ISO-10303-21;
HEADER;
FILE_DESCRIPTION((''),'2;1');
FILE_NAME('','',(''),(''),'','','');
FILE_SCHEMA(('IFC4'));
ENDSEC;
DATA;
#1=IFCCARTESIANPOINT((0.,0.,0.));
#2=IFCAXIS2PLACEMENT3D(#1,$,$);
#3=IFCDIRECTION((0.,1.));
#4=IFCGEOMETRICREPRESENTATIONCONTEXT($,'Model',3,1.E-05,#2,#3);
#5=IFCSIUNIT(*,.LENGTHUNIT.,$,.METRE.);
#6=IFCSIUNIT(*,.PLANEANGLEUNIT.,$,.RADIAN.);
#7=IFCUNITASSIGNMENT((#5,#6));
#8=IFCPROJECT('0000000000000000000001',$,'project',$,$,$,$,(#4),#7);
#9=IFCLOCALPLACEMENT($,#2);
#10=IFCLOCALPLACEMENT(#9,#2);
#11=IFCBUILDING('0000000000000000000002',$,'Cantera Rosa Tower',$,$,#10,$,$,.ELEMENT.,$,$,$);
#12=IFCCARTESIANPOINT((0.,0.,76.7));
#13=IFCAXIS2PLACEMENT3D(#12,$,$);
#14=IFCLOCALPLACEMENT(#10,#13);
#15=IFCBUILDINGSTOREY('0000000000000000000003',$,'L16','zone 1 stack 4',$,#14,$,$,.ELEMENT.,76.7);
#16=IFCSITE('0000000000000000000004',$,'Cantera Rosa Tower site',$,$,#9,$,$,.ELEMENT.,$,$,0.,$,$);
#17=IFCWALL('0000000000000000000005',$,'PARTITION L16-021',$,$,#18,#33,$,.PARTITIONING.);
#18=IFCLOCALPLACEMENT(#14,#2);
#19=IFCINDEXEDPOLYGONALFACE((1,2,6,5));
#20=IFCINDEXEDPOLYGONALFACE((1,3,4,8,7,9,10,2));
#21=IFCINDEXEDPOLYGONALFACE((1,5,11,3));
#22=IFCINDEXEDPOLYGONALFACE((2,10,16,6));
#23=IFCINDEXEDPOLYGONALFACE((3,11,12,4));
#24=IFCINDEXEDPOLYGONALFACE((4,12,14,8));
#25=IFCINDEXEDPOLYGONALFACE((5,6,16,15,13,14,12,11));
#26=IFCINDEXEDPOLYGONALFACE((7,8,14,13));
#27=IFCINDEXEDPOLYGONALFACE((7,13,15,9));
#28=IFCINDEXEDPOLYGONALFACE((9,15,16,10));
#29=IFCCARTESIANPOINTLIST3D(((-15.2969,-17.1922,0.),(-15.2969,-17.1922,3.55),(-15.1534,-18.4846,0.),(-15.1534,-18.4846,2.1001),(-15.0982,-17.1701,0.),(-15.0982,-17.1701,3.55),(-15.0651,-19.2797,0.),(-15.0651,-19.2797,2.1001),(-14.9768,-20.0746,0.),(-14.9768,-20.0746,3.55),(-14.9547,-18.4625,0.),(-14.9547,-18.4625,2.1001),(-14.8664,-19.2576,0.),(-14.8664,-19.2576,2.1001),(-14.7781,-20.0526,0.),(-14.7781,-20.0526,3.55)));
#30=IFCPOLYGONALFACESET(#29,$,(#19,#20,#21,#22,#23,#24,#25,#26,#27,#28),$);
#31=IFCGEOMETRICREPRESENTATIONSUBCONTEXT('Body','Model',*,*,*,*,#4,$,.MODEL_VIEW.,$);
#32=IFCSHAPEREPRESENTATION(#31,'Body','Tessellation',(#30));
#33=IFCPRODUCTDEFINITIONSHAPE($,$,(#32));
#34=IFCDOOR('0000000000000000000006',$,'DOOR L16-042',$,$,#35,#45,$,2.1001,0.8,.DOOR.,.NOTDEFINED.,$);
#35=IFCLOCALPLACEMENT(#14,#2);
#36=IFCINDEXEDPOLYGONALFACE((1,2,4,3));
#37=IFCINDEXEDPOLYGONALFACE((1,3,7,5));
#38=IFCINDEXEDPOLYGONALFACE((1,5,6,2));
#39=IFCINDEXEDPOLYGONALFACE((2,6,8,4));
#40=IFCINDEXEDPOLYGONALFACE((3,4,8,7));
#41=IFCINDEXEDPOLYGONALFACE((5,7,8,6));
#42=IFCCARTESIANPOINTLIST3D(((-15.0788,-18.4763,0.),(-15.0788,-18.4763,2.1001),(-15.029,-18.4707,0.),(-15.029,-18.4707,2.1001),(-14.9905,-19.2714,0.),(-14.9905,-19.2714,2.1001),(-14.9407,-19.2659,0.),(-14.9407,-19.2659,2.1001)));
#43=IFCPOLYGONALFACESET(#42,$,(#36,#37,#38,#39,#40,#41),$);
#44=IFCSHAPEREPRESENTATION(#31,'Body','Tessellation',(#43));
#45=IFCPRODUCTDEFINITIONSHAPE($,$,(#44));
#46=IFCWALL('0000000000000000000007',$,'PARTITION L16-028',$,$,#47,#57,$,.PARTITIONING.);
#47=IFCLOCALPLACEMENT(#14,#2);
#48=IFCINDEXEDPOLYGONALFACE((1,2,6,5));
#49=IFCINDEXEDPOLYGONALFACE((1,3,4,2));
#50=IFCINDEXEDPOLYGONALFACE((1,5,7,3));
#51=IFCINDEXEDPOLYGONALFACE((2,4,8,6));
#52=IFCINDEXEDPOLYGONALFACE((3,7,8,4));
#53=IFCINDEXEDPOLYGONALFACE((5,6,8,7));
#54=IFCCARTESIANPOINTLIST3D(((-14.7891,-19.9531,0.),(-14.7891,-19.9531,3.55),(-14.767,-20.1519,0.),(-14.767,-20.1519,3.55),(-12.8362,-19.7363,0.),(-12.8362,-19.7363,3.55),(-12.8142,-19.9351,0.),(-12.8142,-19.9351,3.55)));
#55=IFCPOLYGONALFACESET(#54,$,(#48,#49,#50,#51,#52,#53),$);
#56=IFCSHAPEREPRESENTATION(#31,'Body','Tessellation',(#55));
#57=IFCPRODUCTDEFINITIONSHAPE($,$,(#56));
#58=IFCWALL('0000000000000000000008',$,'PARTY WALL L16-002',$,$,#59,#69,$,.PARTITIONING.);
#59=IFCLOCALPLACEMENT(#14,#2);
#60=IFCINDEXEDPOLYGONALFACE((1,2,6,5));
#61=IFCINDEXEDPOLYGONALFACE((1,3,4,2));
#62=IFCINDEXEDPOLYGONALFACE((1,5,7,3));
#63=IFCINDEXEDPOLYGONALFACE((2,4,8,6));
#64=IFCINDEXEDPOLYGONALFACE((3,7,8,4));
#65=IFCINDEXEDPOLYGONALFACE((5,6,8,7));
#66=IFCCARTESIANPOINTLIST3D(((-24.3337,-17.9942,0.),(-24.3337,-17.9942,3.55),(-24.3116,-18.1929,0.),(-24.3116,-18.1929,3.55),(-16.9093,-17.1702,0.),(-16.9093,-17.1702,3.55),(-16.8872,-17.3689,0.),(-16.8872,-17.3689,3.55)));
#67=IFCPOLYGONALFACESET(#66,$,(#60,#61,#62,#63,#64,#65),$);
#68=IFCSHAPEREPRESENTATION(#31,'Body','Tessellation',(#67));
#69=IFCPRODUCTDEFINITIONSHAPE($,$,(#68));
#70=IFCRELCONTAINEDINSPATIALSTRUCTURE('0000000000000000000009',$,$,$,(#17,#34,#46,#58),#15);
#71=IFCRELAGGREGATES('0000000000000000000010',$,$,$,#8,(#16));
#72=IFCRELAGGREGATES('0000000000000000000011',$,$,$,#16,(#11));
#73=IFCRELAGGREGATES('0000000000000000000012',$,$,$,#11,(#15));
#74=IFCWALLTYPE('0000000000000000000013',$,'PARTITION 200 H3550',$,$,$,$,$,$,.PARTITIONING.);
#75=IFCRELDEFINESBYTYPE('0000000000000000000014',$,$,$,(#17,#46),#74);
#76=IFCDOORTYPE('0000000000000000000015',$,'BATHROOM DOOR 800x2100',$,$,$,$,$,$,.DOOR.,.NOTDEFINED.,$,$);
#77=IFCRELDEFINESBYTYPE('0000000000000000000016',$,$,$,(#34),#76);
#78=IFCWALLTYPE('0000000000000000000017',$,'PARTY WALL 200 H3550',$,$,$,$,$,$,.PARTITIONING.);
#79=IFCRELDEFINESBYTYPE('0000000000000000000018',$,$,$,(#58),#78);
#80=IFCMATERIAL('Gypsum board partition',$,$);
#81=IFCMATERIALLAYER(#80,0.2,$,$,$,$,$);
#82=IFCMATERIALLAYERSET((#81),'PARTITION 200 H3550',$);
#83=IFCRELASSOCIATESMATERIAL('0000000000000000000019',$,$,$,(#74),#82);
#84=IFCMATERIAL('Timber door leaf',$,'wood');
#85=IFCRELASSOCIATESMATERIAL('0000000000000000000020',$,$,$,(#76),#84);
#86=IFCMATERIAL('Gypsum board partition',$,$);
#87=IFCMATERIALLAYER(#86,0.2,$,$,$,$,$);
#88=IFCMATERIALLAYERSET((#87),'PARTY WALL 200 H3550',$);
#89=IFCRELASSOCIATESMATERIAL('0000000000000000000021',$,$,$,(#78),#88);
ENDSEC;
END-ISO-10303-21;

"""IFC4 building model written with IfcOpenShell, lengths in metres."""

from ifc_helpers import new_model, si_unit, direction, frame, frame_2d, origin, place, context, subcontext, project, spatial, rectangle, extrude, material, layer, layer_set, type_object, element, fill, save


model = new_model("IFC4")

# Units and contexts
model_context = context("Model", 3, precision=1e-05, world=origin(), true_north=direction((0.0, 1.0)))
body_context = subcontext(model_context, "Body", "Model", "MODEL_VIEW")
ifc_project = project(units=[si_unit("LENGTHUNIT", "METRE"), si_unit("PLANEANGLEUNIT", "RADIAN")], contexts=[model_context])

# Site, building, storey
site_placement = place(None, origin())
site = spatial("IfcSite", under=ifc_project, at=site_placement, Name="Cantera Rosa Tower site", CompositionType="ELEMENT", RefElevation=0.0)
building_placement = place(site_placement, origin())
building = spatial("IfcBuilding", under=site, at=building_placement, Name="Cantera Rosa Tower", CompositionType="ELEMENT")
storey_placement = place(building_placement, frame((0.0, 0.0, 76.7)))
storey = spatial("IfcBuildingStorey", under=building, at=storey_placement, Name="L16", Description="zone 1 stack 4", CompositionType="ELEMENT", Elevation=76.7)

# Wall, opening, door
ifc_material_1 = material(Name="Gypsum board partition")
ifc_layer_1 = layer(ifc_material_1, 0.2)
ifc_layer_set_1 = layer_set([ifc_layer_1], Name="PARTITION 200 H3550")
wall_type_1 = type_object("IfcWallType", Name="PARTITION 200 H3550", PredefinedType="PARTITIONING", material=ifc_layer_set_1)
wall_1_placement = place(storey_placement, frame((-14.8774, -20.0637, 0.0), z_axis=(0.0, 0.0, 1.0), x_axis=(-0.110367, 0.993891, 0.0)))
wall_1 = element("IfcWall", 1, at=wall_1_placement, inside=storey, type_object=wall_type_1, Name="PARTITION L16-021", PredefinedType="PARTITIONING", context=body_context, shape_type="SweptSolid", body=[
    extrude(rectangle(XDim=2.9001, YDim=0.2, at=frame_2d((1.4502, 0.0))), origin(), (0.0, 0.0, 1.0), 3.55),
])
opening_1_placement = place(wall_1_placement, frame((0.8, 0.0, 0.0)))
opening_1 = element("IfcOpeningElement", 2, at=opening_1_placement, cuts=wall_1, PredefinedType="OPENING", context=body_context, shape_type="SweptSolid", body=[
    extrude(rectangle(XDim=0.8, YDim=2.1001, at=frame_2d((0.3999, 1.05))), frame((0.0, 0.1099, 0.0), z_axis=(0.0, -1.0, 0.0), x_axis=(1.0, 0.0, 0.0)), (0.0, 0.0, 1.0), 0.22),
])
ifc_material_2 = material(Name="Timber door leaf", Category="wood")
door_type_1 = type_object("IfcDoorType", Name="BATHROOM DOOR 800x2100", OperationType="NOTDEFINED", PredefinedType="DOOR", material=ifc_material_2)
door_1_placement = place(opening_1_placement, origin())
door_1 = element("IfcDoor", 3, at=door_1_placement, inside=storey, type_object=door_type_1, Name="DOOR L16-042", OperationType="NOTDEFINED", OverallHeight=2.1001, OverallWidth=0.8, PredefinedType="DOOR", context=body_context, shape_type="SweptSolid", body=[
    extrude(rectangle(XDim=0.8, YDim=2.1001, at=frame_2d((0.3999, 1.05))), frame((0.0, 0.0249, 0.0), z_axis=(0.0, -1.0, 0.0), x_axis=(1.0, 0.0, 0.0)), (0.0, 0.0, 1.0), 0.05),
])
fill(opening_1, door_1)

# Walls
wall_2_placement = place(storey_placement, frame((-12.8252, -19.8357, 0.0), z_axis=(0.0, 0.0, 1.0), x_axis=(-0.993894, -0.110336, 0.0)))
element("IfcWall", 4, at=wall_2_placement, inside=storey, type_object=wall_type_1, Name="PARTITION L16-028", PredefinedType="PARTITIONING", context=body_context, shape_type="SweptSolid", body=[
    extrude(rectangle(XDim=1.9648, YDim=0.2, at=frame_2d((0.9824, 0.0))), origin(), (0.0, 0.0, 1.0), 3.55),
])
ifc_material_3 = material(Name="Gypsum board partition")
ifc_layer_2 = layer(ifc_material_3, 0.2)
ifc_layer_set_2 = layer_set([ifc_layer_2], Name="PARTY WALL 200 H3550")
wall_type_2 = type_object("IfcWallType", Name="PARTY WALL 200 H3550", PredefinedType="PARTITIONING", material=ifc_layer_set_2)
wall_3_placement = place(storey_placement, frame((-24.3225, -18.0935, 0.0), z_axis=(0.0, 0.0, 1.0), x_axis=(0.993898, 0.110306, 0.0)))
element("IfcWall", 5, at=wall_3_placement, inside=storey, type_object=wall_type_2, Name="PARTY WALL L16-002", PredefinedType="PARTITIONING", context=body_context, shape_type="SweptSolid", body=[
    extrude(rectangle(XDim=7.47, YDim=0.2, at=frame_2d((3.7349, 0.0))), origin(), (0.0, 0.0, 1.0), 3.55),
])

save(model, "model.ifc")
